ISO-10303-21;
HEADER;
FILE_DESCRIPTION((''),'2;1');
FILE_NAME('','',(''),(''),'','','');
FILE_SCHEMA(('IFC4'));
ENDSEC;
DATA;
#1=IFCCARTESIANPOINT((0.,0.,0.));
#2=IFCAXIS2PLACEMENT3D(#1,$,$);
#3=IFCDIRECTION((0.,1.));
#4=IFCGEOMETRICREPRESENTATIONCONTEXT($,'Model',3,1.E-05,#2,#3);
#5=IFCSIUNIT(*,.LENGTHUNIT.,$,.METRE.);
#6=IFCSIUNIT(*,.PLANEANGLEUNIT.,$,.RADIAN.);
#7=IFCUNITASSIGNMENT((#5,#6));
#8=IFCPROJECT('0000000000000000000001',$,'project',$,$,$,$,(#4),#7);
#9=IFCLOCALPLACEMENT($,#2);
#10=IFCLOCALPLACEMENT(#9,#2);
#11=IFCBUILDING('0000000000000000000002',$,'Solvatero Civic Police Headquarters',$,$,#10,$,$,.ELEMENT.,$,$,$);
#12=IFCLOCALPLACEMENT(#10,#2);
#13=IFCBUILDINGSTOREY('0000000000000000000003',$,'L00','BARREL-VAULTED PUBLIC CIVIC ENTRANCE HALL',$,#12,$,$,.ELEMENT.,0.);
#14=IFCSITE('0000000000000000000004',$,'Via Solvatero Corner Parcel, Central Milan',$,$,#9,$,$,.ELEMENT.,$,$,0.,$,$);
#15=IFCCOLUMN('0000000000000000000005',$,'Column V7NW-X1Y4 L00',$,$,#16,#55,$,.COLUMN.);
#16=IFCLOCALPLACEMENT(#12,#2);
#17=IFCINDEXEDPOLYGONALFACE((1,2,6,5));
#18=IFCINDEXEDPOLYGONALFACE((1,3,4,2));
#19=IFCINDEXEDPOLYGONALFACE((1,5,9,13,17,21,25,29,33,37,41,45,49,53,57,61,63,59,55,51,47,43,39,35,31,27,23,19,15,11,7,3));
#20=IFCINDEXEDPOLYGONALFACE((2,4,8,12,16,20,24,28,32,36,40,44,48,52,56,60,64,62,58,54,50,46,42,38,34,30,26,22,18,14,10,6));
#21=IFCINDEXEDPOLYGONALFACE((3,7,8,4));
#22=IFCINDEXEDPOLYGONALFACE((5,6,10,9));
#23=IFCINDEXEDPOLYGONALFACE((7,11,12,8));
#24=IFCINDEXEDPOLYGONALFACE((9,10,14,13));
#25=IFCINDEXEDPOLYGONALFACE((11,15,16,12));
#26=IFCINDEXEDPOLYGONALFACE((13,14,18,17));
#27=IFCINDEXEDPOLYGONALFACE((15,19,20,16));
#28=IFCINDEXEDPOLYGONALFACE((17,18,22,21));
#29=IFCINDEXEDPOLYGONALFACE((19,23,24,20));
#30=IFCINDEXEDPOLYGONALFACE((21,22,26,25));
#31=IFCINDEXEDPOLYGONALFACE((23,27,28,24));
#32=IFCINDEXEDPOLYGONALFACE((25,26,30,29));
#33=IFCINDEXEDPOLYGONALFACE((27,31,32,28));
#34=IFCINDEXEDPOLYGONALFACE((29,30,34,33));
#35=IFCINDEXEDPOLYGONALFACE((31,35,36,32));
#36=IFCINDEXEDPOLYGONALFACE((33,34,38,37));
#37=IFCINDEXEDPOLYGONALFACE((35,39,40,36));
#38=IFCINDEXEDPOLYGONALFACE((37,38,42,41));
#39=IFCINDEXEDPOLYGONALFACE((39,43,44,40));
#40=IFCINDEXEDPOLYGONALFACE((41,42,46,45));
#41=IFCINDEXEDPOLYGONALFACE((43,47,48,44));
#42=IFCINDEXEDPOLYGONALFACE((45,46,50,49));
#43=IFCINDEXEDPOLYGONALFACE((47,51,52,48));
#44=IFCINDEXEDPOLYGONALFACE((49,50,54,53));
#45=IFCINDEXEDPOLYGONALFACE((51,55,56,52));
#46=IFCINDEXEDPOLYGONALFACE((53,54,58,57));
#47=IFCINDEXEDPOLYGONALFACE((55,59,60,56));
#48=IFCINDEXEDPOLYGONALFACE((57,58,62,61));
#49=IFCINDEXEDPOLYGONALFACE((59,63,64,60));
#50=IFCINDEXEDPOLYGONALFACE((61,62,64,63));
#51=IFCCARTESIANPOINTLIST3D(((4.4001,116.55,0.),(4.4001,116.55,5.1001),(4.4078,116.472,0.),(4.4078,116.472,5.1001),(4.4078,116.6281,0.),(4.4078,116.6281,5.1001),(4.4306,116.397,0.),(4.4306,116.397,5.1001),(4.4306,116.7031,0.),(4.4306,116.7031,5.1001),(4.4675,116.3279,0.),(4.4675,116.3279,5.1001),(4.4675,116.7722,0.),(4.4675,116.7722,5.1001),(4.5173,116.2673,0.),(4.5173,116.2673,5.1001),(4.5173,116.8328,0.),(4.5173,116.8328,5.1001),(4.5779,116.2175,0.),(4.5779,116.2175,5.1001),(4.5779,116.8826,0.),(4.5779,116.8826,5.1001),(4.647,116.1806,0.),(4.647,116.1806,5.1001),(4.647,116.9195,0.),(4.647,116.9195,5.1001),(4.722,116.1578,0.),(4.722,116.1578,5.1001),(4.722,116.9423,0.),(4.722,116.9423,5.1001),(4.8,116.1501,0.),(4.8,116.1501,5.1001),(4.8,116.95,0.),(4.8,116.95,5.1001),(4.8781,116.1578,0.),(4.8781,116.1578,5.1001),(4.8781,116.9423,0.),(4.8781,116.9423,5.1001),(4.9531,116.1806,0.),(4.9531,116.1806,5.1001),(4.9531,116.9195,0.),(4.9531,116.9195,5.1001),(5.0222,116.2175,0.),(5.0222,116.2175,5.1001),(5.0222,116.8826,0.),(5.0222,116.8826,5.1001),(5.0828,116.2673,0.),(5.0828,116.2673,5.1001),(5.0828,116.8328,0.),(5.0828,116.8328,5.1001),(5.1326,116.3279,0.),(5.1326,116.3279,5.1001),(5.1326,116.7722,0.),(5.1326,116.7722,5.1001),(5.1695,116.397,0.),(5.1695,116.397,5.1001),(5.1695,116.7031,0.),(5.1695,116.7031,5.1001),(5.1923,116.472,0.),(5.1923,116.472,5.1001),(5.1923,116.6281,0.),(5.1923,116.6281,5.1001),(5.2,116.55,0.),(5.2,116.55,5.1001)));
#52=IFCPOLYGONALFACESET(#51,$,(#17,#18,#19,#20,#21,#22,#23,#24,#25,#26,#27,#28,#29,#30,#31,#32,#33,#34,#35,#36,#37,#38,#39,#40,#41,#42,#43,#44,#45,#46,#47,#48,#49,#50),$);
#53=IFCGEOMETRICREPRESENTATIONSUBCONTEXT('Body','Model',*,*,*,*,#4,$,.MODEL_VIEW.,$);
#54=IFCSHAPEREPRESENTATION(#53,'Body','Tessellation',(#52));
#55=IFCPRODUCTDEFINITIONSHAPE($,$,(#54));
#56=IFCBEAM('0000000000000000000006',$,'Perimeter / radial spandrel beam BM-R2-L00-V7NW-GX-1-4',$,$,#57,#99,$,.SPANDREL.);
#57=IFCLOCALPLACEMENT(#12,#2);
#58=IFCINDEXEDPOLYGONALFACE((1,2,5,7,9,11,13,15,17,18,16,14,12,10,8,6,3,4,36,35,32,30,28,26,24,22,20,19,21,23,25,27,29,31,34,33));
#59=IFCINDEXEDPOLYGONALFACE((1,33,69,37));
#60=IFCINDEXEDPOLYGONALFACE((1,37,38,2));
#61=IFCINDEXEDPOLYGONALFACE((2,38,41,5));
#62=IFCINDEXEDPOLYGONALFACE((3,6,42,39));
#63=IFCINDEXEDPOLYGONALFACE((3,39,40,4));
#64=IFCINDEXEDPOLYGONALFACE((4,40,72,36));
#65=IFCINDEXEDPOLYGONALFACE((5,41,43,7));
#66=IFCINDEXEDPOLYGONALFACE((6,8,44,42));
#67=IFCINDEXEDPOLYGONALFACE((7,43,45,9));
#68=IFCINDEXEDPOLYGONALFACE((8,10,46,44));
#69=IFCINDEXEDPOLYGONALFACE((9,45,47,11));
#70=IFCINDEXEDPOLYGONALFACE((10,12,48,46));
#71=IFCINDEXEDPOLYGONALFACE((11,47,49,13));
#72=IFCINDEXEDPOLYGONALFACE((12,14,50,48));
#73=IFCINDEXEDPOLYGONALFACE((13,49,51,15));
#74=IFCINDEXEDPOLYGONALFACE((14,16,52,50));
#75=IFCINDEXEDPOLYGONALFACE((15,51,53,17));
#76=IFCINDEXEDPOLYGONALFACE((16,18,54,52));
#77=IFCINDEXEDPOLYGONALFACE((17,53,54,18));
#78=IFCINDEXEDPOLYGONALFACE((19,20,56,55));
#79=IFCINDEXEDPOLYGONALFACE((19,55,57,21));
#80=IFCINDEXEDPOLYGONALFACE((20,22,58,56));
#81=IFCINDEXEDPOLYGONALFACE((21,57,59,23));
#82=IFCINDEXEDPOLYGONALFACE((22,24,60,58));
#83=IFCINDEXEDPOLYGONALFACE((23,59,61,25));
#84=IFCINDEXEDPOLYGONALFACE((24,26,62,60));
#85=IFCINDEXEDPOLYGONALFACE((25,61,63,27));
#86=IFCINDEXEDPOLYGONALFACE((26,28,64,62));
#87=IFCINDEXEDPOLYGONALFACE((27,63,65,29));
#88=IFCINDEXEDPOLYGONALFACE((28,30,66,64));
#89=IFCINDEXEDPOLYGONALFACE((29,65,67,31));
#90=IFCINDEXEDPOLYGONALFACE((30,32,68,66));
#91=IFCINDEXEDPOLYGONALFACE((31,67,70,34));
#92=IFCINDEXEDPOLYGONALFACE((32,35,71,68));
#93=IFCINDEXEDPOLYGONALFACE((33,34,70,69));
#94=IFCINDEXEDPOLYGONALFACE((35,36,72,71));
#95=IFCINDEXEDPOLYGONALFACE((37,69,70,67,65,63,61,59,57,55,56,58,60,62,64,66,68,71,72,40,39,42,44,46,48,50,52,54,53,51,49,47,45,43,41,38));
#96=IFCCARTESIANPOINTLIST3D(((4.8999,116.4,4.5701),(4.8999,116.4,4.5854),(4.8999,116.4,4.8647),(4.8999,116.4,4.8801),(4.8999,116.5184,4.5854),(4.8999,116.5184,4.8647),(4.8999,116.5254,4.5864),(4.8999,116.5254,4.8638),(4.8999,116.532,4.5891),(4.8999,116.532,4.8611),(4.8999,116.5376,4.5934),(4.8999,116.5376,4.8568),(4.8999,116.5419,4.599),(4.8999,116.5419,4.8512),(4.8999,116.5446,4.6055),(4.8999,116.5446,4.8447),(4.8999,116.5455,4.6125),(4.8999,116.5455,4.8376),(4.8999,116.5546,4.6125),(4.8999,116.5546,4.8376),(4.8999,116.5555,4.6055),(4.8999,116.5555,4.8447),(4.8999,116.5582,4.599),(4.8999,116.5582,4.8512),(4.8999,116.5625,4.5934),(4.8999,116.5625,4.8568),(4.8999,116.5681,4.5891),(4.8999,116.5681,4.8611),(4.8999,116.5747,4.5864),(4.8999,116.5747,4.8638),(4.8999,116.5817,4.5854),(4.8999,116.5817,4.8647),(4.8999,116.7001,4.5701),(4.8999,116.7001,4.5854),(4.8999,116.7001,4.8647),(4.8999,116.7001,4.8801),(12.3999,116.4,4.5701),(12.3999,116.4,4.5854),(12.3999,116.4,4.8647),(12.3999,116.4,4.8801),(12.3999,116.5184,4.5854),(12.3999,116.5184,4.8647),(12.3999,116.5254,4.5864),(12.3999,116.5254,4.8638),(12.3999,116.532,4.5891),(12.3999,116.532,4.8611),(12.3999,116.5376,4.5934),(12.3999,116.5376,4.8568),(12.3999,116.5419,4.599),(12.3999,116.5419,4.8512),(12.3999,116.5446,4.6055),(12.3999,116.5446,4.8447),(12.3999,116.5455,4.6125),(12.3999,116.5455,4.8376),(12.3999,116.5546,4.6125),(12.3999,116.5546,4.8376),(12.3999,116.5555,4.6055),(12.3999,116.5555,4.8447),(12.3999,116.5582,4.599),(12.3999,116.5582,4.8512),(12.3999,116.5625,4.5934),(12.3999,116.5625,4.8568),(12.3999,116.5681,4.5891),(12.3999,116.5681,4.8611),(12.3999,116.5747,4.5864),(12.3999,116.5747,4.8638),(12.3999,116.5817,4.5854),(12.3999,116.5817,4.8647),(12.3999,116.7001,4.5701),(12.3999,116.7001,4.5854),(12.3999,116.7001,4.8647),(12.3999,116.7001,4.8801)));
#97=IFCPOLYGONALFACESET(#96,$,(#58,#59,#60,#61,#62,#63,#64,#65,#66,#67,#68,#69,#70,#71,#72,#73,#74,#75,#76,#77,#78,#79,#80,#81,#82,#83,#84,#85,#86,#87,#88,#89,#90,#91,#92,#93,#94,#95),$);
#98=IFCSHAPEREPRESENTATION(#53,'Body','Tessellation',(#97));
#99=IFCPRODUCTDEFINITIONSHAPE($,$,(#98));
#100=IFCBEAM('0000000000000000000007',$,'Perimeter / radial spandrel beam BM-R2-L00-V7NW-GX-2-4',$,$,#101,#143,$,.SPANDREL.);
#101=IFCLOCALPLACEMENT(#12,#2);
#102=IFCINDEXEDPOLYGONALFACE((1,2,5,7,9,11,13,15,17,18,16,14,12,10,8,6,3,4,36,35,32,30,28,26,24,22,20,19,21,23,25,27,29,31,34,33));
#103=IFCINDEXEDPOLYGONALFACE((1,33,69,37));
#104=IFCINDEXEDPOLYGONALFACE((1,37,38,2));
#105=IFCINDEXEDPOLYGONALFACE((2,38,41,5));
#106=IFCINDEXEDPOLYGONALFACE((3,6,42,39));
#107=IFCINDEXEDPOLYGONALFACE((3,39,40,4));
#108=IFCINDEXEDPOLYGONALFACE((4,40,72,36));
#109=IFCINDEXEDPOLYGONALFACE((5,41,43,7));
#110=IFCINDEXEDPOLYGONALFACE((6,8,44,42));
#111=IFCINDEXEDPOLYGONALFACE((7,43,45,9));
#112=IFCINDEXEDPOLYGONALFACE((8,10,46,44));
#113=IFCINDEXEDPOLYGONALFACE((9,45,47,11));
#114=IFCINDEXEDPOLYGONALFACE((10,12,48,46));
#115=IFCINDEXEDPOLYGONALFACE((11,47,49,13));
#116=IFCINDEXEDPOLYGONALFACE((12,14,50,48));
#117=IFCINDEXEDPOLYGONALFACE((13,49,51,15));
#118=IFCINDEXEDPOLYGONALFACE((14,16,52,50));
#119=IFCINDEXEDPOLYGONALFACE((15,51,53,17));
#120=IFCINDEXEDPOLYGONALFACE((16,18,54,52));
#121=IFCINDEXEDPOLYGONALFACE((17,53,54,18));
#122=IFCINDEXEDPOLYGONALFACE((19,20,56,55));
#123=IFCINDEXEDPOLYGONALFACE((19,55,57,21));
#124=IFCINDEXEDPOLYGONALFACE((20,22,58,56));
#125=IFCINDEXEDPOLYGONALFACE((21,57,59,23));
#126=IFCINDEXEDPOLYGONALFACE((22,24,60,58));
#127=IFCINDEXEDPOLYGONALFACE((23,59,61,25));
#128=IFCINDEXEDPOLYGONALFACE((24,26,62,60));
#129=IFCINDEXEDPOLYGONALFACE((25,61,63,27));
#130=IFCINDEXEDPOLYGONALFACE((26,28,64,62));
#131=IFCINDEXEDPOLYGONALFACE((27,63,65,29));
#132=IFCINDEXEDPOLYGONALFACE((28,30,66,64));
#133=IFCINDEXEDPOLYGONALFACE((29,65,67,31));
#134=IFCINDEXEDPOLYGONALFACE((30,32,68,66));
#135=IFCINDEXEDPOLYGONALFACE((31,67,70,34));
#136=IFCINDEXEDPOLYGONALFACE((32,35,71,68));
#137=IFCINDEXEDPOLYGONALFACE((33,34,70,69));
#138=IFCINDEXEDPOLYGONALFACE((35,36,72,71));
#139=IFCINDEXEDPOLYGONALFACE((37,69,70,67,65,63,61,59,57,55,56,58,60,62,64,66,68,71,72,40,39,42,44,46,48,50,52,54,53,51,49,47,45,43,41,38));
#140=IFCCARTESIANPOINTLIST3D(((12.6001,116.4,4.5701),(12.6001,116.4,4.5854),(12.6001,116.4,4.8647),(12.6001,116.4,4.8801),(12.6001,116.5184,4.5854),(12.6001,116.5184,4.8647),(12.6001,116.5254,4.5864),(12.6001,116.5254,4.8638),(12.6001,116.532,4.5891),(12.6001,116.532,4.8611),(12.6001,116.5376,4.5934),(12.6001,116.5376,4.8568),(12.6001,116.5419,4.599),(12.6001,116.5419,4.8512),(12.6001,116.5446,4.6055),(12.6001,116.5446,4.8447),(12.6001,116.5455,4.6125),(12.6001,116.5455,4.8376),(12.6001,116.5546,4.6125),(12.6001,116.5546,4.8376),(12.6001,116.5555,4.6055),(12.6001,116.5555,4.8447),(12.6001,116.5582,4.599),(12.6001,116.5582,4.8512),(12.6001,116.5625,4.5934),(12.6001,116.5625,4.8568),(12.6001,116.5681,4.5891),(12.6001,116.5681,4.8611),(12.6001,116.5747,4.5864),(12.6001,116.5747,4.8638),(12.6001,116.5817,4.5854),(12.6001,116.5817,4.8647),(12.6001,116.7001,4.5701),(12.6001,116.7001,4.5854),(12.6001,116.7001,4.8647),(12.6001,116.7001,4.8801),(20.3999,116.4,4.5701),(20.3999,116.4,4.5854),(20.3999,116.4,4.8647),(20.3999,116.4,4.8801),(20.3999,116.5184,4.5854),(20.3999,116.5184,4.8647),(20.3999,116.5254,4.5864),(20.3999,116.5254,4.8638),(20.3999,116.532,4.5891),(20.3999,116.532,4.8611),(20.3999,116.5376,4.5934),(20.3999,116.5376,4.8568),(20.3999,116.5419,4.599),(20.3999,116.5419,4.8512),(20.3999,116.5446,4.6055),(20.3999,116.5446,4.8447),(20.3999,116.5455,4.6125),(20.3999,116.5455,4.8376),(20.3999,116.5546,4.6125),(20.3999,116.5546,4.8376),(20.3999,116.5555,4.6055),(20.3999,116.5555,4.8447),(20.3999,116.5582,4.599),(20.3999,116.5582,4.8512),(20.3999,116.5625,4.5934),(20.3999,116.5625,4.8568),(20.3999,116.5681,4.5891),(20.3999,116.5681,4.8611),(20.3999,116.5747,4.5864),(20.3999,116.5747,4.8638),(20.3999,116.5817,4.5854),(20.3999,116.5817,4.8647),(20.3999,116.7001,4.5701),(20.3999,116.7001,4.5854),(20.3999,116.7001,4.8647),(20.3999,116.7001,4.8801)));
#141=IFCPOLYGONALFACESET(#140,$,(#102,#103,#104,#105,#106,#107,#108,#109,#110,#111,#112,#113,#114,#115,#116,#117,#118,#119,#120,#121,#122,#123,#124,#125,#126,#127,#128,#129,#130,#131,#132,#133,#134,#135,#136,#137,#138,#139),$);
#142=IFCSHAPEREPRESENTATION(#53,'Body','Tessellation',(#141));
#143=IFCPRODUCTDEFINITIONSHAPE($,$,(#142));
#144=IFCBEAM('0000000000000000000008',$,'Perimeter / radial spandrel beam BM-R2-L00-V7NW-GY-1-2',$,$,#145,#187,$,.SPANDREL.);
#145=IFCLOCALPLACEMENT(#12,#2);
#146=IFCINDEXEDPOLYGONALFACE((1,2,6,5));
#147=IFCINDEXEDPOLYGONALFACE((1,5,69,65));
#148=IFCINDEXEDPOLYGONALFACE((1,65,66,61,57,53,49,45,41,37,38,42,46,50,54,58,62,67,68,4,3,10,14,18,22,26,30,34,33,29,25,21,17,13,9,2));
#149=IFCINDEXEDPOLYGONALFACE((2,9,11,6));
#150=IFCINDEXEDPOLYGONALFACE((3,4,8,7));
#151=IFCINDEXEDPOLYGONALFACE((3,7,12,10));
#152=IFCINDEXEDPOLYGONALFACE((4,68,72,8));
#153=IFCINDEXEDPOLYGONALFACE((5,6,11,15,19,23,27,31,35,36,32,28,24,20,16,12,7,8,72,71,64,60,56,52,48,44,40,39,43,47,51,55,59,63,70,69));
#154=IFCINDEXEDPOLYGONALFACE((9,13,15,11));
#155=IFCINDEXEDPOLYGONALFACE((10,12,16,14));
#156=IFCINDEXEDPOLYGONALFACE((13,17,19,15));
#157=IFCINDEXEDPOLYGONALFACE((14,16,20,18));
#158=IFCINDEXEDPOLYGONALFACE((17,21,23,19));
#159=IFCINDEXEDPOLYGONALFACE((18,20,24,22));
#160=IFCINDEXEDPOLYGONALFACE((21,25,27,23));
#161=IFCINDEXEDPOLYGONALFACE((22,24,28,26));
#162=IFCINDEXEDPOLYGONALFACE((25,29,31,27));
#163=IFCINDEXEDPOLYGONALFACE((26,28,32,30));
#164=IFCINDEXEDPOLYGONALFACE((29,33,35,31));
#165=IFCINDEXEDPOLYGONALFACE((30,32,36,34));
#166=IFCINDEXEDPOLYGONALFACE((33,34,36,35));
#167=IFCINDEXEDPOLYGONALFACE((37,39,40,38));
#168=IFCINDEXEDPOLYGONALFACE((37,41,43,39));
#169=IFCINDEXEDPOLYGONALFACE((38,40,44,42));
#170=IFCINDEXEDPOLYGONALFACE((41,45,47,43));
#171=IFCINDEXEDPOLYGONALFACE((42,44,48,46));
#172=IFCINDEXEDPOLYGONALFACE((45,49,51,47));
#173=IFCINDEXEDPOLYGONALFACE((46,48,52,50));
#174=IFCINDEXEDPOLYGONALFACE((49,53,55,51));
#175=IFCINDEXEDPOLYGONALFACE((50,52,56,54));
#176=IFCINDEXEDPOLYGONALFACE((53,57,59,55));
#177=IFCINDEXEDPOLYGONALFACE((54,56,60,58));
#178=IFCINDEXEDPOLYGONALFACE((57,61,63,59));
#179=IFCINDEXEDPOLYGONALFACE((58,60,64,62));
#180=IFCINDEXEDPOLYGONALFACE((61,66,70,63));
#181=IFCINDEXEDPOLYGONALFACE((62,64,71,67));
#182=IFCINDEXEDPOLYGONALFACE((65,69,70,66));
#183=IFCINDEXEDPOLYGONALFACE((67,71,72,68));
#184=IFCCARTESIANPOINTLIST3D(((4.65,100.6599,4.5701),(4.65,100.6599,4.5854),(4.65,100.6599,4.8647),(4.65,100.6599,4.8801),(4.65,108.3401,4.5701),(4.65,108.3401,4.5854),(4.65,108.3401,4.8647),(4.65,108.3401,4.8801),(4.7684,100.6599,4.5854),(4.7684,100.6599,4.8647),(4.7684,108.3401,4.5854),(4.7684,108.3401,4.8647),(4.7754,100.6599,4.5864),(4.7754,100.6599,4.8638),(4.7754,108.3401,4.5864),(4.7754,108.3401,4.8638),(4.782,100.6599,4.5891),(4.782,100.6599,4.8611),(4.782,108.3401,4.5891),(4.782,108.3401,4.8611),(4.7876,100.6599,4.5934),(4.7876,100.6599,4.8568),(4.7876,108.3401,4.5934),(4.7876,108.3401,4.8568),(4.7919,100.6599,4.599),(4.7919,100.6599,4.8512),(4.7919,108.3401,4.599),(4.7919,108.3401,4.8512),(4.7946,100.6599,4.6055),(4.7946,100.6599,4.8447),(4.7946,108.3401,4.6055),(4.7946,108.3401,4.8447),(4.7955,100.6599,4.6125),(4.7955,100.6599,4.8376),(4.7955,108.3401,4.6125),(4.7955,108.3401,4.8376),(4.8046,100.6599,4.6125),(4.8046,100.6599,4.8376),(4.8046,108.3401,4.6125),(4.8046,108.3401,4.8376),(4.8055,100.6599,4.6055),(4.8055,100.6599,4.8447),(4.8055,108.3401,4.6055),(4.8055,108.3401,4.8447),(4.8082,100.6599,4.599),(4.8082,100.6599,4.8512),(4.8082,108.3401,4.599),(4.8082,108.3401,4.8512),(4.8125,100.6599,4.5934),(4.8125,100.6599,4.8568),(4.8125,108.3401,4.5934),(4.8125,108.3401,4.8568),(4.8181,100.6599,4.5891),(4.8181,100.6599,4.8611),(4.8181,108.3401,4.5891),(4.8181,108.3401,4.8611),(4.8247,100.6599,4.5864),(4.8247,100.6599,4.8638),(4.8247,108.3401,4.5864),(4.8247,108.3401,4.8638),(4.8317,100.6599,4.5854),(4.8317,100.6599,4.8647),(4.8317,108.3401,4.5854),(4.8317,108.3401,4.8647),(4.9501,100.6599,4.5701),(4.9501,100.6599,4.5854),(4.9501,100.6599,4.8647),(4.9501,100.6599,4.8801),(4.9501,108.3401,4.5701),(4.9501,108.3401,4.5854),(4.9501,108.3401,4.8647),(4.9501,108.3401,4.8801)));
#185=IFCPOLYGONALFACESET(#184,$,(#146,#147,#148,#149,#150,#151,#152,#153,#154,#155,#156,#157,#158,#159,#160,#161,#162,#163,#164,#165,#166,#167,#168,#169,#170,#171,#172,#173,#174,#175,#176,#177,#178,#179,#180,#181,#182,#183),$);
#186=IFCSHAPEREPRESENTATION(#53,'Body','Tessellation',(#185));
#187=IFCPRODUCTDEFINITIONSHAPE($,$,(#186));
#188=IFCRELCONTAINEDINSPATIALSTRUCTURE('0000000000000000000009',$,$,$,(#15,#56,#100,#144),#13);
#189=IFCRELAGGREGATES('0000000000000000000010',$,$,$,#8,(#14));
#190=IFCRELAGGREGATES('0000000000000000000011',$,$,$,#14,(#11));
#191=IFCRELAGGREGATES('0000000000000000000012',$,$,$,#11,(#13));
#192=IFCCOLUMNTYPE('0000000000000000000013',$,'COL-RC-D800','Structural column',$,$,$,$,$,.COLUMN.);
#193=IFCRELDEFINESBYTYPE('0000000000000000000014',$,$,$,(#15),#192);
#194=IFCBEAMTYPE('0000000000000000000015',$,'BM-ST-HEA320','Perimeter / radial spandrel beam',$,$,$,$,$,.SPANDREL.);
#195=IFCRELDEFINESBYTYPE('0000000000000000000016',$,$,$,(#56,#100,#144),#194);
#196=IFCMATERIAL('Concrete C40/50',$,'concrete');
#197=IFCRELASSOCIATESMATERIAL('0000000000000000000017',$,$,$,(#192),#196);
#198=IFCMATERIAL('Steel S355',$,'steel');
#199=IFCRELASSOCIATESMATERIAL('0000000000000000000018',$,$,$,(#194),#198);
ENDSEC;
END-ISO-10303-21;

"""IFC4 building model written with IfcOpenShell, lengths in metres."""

from ifc_helpers import new_model, si_unit, direction, frame, origin, origin_2d, place, context, subcontext, project, spatial, circle, i_section, extrude, material, material_profile, profile_set, type_object, element, save


model = new_model("IFC4")

# Units and contexts
model_context = context("Model", 3, precision=1e-05, world=origin(), true_north=direction((0.0, 1.0)))
body_context = subcontext(model_context, "Body", "Model", "MODEL_VIEW")
ifc_project = project(units=[si_unit("LENGTHUNIT", "METRE"), si_unit("PLANEANGLEUNIT", "RADIAN")], contexts=[model_context])

# Site, building, storey
site_placement = place(None, origin())
site = spatial("IfcSite", under=ifc_project, at=site_placement, Name="Via Solvatero Corner Parcel, Central Milan", CompositionType="ELEMENT", RefElevation=0.0)
building_placement = place(site_placement, origin())
building = spatial("IfcBuilding", under=site, at=building_placement, Name="Solvatero Civic Police Headquarters", CompositionType="ELEMENT")
storey_placement = place(building_placement, origin())
storey = spatial("IfcBuildingStorey", under=building, at=storey_placement, Name="L00", Description="BARREL-VAULTED PUBLIC CIVIC ENTRANCE HALL", CompositionType="ELEMENT", Elevation=0.0)

# Column
ifc_material_1 = material(Name="Concrete C40/50", Category="concrete")
ifc_material_profile_1 = material_profile(ifc_material_1, circle(Radius=0.3999, at=origin_2d()), Name="RC COL D800")
ifc_profile_set_1 = profile_set([ifc_material_profile_1], Name="Concrete C40/50")
column_type_1 = type_object("IfcColumnType", Name="COL-RC-D800", Description="Structural column", PredefinedType="COLUMN", material=ifc_profile_set_1)
column_1_placement = place(storey_placement, frame((4.8, 116.55, 0.0), z_axis=(0.0, 0.0, 1.0), x_axis=(1.0, 0.0, 0.0)))
element("IfcColumn", 1, at=column_1_placement, inside=storey, type_object=column_type_1, Name="Column V7NW-X1Y4 L00", PredefinedType="COLUMN", context=body_context, shape_type="SweptSolid", body=[
    extrude(circle(Radius=0.3999, at=origin_2d()), origin(), (0.0, 0.0, 1.0), 5.1001),
])

# Beams
ifc_material_2 = material(Name="Steel S355", Category="steel")
ifc_material_profile_2 = material_profile(ifc_material_2, i_section(OverallWidth=0.3, OverallDepth=0.3101, WebThickness=0.009, FlangeThickness=0.0154, FilletRadius=0.0271, at=origin_2d()), Name="HEA 320")
ifc_profile_set_2 = profile_set([ifc_material_profile_2], Name="Steel S355")
beam_type_1 = type_object("IfcBeamType", Name="BM-ST-HEA320", Description="Perimeter / radial spandrel beam", PredefinedType="SPANDREL", material=ifc_profile_set_2)
beam_1_placement = place(storey_placement, frame((4.8999, 116.55, 4.7251), z_axis=(1.0, 0.0, 0.0), x_axis=(0.0, 1.0, 0.0)))
element("IfcBeam", 2, at=beam_1_placement, inside=storey, type_object=beam_type_1, Name="Perimeter / radial spandrel beam BM-R2-L00-V7NW-GX-1-4", PredefinedType="SPANDREL", context=body_context, shape_type="SweptSolid", body=[
    extrude(i_section(OverallWidth=0.3, OverallDepth=0.3101, WebThickness=0.009, FlangeThickness=0.0154, FilletRadius=0.0271, at=origin_2d()), origin(), (0.0, 0.0, 1.0), 7.5),
])
beam_2_placement = place(storey_placement, frame((12.6001, 116.55, 4.7251), z_axis=(1.0, 0.0, 0.0), x_axis=(0.0, 1.0, 0.0)))
element("IfcBeam", 3, at=beam_2_placement, inside=storey, type_object=beam_type_1, Name="Perimeter / radial spandrel beam BM-R2-L00-V7NW-GX-2-4", PredefinedType="SPANDREL", context=body_context, shape_type="SweptSolid", body=[
    extrude(i_section(OverallWidth=0.3, OverallDepth=0.3101, WebThickness=0.009, FlangeThickness=0.0154, FilletRadius=0.0271, at=origin_2d()), origin(), (0.0, 0.0, 1.0), 7.7998),
])
beam_3_placement = place(storey_placement, frame((4.8, 100.6599, 4.7251), z_axis=(0.0, 1.0, 0.0), x_axis=(-1.0, 0.0, 0.0)))
element("IfcBeam", 4, at=beam_3_placement, inside=storey, type_object=beam_type_1, Name="Perimeter / radial spandrel beam BM-R2-L00-V7NW-GY-1-2", PredefinedType="SPANDREL", context=body_context, shape_type="SweptSolid", body=[
    extrude(i_section(OverallWidth=0.3, OverallDepth=0.3101, WebThickness=0.009, FlangeThickness=0.0154, FilletRadius=0.0271, at=origin_2d()), origin(), (0.0, 0.0, 1.0), 7.6802),
])

save(model, "model.ifc")
